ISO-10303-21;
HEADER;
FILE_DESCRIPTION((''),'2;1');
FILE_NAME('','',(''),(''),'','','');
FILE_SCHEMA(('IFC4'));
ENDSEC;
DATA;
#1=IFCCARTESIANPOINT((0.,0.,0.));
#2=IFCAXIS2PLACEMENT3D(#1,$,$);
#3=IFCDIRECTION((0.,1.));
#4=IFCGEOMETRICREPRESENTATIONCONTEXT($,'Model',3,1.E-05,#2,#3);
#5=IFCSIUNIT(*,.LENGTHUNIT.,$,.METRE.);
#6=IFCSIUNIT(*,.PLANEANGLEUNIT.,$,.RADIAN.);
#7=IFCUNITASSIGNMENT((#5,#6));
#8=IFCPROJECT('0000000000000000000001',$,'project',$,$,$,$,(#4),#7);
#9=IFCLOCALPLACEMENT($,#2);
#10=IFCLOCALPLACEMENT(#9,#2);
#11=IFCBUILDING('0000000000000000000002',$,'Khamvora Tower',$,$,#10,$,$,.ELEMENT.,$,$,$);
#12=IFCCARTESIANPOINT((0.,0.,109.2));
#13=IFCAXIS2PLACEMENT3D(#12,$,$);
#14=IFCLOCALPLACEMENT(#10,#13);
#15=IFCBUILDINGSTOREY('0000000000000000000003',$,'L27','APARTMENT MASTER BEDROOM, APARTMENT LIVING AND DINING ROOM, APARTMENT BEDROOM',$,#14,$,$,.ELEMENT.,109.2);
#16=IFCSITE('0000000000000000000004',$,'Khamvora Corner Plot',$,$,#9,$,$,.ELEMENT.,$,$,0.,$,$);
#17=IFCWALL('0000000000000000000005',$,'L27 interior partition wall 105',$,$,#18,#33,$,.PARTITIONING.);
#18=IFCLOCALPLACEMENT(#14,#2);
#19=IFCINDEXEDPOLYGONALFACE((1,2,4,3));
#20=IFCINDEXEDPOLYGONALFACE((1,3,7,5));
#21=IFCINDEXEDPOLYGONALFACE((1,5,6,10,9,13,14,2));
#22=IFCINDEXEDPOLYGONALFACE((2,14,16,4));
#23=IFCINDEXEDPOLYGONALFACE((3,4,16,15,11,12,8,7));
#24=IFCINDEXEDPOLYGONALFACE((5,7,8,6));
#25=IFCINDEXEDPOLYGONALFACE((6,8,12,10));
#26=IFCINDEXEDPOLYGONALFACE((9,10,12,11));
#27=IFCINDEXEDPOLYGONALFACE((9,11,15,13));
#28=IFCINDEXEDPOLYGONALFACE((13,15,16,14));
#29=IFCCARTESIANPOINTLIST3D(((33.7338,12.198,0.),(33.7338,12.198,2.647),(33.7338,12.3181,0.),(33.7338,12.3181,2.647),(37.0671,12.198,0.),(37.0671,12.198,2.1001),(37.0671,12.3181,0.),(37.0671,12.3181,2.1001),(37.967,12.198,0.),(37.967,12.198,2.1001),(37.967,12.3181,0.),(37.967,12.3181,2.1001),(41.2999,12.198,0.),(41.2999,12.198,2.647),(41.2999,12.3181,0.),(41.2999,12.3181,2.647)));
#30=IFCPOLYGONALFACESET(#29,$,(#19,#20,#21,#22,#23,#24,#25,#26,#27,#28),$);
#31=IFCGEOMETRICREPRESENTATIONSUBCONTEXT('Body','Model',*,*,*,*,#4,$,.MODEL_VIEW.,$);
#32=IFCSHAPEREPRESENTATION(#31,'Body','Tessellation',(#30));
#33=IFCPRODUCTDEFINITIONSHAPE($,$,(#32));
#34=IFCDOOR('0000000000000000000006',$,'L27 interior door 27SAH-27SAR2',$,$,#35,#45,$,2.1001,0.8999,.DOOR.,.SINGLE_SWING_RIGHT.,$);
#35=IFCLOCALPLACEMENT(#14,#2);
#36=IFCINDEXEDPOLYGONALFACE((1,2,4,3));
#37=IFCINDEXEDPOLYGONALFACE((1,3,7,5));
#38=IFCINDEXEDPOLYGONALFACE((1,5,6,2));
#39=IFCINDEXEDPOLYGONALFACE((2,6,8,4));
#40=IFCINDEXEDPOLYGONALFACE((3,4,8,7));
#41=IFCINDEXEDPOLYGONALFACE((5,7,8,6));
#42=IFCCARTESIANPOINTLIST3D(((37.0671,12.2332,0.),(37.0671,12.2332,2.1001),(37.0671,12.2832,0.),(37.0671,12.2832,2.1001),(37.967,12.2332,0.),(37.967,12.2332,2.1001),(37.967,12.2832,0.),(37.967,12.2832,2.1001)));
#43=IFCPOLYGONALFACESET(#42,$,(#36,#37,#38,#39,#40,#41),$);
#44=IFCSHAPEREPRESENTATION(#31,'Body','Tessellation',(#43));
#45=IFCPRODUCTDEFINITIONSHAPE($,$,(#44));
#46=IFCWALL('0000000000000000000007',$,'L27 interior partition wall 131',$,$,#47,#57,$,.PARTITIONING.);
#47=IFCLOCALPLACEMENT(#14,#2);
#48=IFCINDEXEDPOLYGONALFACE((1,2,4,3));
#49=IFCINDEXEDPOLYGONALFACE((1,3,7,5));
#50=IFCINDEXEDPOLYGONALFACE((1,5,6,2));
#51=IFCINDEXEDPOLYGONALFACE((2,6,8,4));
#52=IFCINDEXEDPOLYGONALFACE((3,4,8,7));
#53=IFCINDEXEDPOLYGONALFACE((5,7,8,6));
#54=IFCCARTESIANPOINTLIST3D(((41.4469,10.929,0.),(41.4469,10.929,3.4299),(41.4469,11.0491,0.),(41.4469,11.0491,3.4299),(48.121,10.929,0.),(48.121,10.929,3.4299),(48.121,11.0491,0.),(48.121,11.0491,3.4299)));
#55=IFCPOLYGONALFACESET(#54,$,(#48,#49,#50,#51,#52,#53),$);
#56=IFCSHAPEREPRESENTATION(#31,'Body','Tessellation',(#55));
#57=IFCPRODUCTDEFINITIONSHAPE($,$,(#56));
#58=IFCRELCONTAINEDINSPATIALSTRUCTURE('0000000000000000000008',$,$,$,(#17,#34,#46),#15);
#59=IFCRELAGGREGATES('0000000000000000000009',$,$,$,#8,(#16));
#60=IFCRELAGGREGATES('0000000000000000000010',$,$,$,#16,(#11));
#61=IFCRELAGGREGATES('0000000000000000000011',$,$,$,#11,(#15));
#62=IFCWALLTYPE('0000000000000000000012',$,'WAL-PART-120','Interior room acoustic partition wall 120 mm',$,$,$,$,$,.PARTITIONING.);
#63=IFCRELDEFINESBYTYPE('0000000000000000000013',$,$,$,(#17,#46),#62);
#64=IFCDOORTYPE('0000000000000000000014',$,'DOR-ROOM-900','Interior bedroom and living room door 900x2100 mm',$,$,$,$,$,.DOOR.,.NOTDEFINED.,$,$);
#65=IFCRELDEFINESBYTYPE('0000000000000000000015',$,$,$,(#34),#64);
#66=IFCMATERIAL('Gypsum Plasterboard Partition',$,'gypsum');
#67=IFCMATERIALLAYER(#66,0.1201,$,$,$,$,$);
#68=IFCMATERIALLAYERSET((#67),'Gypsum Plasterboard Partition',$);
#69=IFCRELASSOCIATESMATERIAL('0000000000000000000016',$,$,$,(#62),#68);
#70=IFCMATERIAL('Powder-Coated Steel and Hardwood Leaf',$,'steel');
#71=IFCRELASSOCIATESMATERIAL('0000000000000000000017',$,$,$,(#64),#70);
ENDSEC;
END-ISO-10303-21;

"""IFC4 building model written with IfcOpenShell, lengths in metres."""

from ifc_helpers import new_model, si_unit, direction, frame, frame_2d, origin, place, context, subcontext, project, spatial, rectangle, extrude, material, layer, layer_set, type_object, element, fill, save


model = new_model("IFC4")

# Units and contexts
model_context = context("Model", 3, precision=1e-05, world=origin(), true_north=direction((0.0, 1.0)))
body_context = subcontext(model_context, "Body", "Model", "MODEL_VIEW")
ifc_project = project(units=[si_unit("LENGTHUNIT", "METRE"), si_unit("PLANEANGLEUNIT", "RADIAN")], contexts=[model_context])

# Site, building, storey
site_placement = place(None, origin())
site = spatial("IfcSite", under=ifc_project, at=site_placement, Name="Khamvora Corner Plot", CompositionType="ELEMENT", RefElevation=0.0)
building_placement = place(site_placement, origin())
building = spatial("IfcBuilding", under=site, at=building_placement, Name="Khamvora Tower", CompositionType="ELEMENT")
storey_placement = place(building_placement, frame((0.0, 0.0, 109.2)))
storey = spatial("IfcBuildingStorey", under=building, at=storey_placement, Name="L27", Description="APARTMENT MASTER BEDROOM, APARTMENT LIVING AND DINING ROOM, APARTMENT BEDROOM", CompositionType="ELEMENT", Elevation=109.2)

# Wall, opening, door
ifc_material_1 = material(Name="Gypsum Plasterboard Partition", Category="gypsum")
ifc_layer_1 = layer(ifc_material_1, 0.1201)
ifc_layer_set_1 = layer_set([ifc_layer_1], Name="Gypsum Plasterboard Partition")
wall_type_1 = type_object("IfcWallType", Name="WAL-PART-120", Description="Interior room acoustic partition wall 120 mm", PredefinedType="PARTITIONING", material=ifc_layer_set_1)
wall_1_placement = place(storey_placement, frame((41.3, 12.2581, 0.0), z_axis=(0.0, 0.0, 1.0), x_axis=(-1.0, 0.0, 0.0)))
wall_1 = element("IfcWall", 1, at=wall_1_placement, inside=storey, type_object=wall_type_1, Name="L27 interior partition wall 105", PredefinedType="PARTITIONING", context=body_context, shape_type="SweptSolid", body=[
    extrude(rectangle(XDim=7.5662, YDim=0.1201, at=frame_2d((3.7832, 0.0))), origin(), (0.0, 0.0, 1.0), 2.647),
])
opening_placement = place(wall_1_placement, frame((3.333, 0.0, 0.0)))
opening = element("IfcOpeningElement", 2, at=opening_placement, cuts=wall_1, PredefinedType="OPENING", context=body_context, shape_type="SweptSolid", body=[
    extrude(rectangle(XDim=0.8999, YDim=2.1001, at=frame_2d((0.45, 1.05))), frame((0.0, 0.0701, 0.0), z_axis=(0.0, -1.0, 0.0), x_axis=(1.0, 0.0, 0.0)), (0.0, 0.0, 1.0), 0.1401),
])
ifc_material_2 = material(Name="Powder-Coated Steel and Hardwood Leaf", Category="steel")
door_type = type_object("IfcDoorType", Name="DOR-ROOM-900", Description="Interior bedroom and living room door 900x2100 mm", OperationType="NOTDEFINED", PredefinedType="DOOR", material=ifc_material_2)
door_placement = place(opening_placement, origin())
door = element("IfcDoor", 3, at=door_placement, inside=storey, type_object=door_type, Name="L27 interior door 27SAH-27SAR2", OperationType="SINGLE_SWING_RIGHT", OverallHeight=2.1001, OverallWidth=0.8999, PredefinedType="DOOR", context=body_context, shape_type="SweptSolid", body=[
    extrude(rectangle(XDim=0.8999, YDim=2.1001, at=frame_2d((0.45, 1.05))), frame((0.0, 0.0249, 0.0), z_axis=(0.0, -1.0, 0.0), x_axis=(1.0, 0.0, 0.0)), (0.0, 0.0, 1.0), 0.05),
])
fill(opening, door)

# Wall
wall_2_placement = place(storey_placement, frame((41.447, 10.989, 0.0), z_axis=(0.0, 0.0, 1.0), x_axis=(1.0, 0.0, 0.0)))
element("IfcWall", 4, at=wall_2_placement, inside=storey, type_object=wall_type_1, Name="L27 interior partition wall 131", PredefinedType="PARTITIONING", context=body_context, shape_type="SweptSolid", body=[
    extrude(rectangle(XDim=6.6741, YDim=0.1201, at=frame_2d((3.3369, 0.0))), origin(), (0.0, 0.0, 1.0), 3.4299),
])

save(model, "model.ifc")
